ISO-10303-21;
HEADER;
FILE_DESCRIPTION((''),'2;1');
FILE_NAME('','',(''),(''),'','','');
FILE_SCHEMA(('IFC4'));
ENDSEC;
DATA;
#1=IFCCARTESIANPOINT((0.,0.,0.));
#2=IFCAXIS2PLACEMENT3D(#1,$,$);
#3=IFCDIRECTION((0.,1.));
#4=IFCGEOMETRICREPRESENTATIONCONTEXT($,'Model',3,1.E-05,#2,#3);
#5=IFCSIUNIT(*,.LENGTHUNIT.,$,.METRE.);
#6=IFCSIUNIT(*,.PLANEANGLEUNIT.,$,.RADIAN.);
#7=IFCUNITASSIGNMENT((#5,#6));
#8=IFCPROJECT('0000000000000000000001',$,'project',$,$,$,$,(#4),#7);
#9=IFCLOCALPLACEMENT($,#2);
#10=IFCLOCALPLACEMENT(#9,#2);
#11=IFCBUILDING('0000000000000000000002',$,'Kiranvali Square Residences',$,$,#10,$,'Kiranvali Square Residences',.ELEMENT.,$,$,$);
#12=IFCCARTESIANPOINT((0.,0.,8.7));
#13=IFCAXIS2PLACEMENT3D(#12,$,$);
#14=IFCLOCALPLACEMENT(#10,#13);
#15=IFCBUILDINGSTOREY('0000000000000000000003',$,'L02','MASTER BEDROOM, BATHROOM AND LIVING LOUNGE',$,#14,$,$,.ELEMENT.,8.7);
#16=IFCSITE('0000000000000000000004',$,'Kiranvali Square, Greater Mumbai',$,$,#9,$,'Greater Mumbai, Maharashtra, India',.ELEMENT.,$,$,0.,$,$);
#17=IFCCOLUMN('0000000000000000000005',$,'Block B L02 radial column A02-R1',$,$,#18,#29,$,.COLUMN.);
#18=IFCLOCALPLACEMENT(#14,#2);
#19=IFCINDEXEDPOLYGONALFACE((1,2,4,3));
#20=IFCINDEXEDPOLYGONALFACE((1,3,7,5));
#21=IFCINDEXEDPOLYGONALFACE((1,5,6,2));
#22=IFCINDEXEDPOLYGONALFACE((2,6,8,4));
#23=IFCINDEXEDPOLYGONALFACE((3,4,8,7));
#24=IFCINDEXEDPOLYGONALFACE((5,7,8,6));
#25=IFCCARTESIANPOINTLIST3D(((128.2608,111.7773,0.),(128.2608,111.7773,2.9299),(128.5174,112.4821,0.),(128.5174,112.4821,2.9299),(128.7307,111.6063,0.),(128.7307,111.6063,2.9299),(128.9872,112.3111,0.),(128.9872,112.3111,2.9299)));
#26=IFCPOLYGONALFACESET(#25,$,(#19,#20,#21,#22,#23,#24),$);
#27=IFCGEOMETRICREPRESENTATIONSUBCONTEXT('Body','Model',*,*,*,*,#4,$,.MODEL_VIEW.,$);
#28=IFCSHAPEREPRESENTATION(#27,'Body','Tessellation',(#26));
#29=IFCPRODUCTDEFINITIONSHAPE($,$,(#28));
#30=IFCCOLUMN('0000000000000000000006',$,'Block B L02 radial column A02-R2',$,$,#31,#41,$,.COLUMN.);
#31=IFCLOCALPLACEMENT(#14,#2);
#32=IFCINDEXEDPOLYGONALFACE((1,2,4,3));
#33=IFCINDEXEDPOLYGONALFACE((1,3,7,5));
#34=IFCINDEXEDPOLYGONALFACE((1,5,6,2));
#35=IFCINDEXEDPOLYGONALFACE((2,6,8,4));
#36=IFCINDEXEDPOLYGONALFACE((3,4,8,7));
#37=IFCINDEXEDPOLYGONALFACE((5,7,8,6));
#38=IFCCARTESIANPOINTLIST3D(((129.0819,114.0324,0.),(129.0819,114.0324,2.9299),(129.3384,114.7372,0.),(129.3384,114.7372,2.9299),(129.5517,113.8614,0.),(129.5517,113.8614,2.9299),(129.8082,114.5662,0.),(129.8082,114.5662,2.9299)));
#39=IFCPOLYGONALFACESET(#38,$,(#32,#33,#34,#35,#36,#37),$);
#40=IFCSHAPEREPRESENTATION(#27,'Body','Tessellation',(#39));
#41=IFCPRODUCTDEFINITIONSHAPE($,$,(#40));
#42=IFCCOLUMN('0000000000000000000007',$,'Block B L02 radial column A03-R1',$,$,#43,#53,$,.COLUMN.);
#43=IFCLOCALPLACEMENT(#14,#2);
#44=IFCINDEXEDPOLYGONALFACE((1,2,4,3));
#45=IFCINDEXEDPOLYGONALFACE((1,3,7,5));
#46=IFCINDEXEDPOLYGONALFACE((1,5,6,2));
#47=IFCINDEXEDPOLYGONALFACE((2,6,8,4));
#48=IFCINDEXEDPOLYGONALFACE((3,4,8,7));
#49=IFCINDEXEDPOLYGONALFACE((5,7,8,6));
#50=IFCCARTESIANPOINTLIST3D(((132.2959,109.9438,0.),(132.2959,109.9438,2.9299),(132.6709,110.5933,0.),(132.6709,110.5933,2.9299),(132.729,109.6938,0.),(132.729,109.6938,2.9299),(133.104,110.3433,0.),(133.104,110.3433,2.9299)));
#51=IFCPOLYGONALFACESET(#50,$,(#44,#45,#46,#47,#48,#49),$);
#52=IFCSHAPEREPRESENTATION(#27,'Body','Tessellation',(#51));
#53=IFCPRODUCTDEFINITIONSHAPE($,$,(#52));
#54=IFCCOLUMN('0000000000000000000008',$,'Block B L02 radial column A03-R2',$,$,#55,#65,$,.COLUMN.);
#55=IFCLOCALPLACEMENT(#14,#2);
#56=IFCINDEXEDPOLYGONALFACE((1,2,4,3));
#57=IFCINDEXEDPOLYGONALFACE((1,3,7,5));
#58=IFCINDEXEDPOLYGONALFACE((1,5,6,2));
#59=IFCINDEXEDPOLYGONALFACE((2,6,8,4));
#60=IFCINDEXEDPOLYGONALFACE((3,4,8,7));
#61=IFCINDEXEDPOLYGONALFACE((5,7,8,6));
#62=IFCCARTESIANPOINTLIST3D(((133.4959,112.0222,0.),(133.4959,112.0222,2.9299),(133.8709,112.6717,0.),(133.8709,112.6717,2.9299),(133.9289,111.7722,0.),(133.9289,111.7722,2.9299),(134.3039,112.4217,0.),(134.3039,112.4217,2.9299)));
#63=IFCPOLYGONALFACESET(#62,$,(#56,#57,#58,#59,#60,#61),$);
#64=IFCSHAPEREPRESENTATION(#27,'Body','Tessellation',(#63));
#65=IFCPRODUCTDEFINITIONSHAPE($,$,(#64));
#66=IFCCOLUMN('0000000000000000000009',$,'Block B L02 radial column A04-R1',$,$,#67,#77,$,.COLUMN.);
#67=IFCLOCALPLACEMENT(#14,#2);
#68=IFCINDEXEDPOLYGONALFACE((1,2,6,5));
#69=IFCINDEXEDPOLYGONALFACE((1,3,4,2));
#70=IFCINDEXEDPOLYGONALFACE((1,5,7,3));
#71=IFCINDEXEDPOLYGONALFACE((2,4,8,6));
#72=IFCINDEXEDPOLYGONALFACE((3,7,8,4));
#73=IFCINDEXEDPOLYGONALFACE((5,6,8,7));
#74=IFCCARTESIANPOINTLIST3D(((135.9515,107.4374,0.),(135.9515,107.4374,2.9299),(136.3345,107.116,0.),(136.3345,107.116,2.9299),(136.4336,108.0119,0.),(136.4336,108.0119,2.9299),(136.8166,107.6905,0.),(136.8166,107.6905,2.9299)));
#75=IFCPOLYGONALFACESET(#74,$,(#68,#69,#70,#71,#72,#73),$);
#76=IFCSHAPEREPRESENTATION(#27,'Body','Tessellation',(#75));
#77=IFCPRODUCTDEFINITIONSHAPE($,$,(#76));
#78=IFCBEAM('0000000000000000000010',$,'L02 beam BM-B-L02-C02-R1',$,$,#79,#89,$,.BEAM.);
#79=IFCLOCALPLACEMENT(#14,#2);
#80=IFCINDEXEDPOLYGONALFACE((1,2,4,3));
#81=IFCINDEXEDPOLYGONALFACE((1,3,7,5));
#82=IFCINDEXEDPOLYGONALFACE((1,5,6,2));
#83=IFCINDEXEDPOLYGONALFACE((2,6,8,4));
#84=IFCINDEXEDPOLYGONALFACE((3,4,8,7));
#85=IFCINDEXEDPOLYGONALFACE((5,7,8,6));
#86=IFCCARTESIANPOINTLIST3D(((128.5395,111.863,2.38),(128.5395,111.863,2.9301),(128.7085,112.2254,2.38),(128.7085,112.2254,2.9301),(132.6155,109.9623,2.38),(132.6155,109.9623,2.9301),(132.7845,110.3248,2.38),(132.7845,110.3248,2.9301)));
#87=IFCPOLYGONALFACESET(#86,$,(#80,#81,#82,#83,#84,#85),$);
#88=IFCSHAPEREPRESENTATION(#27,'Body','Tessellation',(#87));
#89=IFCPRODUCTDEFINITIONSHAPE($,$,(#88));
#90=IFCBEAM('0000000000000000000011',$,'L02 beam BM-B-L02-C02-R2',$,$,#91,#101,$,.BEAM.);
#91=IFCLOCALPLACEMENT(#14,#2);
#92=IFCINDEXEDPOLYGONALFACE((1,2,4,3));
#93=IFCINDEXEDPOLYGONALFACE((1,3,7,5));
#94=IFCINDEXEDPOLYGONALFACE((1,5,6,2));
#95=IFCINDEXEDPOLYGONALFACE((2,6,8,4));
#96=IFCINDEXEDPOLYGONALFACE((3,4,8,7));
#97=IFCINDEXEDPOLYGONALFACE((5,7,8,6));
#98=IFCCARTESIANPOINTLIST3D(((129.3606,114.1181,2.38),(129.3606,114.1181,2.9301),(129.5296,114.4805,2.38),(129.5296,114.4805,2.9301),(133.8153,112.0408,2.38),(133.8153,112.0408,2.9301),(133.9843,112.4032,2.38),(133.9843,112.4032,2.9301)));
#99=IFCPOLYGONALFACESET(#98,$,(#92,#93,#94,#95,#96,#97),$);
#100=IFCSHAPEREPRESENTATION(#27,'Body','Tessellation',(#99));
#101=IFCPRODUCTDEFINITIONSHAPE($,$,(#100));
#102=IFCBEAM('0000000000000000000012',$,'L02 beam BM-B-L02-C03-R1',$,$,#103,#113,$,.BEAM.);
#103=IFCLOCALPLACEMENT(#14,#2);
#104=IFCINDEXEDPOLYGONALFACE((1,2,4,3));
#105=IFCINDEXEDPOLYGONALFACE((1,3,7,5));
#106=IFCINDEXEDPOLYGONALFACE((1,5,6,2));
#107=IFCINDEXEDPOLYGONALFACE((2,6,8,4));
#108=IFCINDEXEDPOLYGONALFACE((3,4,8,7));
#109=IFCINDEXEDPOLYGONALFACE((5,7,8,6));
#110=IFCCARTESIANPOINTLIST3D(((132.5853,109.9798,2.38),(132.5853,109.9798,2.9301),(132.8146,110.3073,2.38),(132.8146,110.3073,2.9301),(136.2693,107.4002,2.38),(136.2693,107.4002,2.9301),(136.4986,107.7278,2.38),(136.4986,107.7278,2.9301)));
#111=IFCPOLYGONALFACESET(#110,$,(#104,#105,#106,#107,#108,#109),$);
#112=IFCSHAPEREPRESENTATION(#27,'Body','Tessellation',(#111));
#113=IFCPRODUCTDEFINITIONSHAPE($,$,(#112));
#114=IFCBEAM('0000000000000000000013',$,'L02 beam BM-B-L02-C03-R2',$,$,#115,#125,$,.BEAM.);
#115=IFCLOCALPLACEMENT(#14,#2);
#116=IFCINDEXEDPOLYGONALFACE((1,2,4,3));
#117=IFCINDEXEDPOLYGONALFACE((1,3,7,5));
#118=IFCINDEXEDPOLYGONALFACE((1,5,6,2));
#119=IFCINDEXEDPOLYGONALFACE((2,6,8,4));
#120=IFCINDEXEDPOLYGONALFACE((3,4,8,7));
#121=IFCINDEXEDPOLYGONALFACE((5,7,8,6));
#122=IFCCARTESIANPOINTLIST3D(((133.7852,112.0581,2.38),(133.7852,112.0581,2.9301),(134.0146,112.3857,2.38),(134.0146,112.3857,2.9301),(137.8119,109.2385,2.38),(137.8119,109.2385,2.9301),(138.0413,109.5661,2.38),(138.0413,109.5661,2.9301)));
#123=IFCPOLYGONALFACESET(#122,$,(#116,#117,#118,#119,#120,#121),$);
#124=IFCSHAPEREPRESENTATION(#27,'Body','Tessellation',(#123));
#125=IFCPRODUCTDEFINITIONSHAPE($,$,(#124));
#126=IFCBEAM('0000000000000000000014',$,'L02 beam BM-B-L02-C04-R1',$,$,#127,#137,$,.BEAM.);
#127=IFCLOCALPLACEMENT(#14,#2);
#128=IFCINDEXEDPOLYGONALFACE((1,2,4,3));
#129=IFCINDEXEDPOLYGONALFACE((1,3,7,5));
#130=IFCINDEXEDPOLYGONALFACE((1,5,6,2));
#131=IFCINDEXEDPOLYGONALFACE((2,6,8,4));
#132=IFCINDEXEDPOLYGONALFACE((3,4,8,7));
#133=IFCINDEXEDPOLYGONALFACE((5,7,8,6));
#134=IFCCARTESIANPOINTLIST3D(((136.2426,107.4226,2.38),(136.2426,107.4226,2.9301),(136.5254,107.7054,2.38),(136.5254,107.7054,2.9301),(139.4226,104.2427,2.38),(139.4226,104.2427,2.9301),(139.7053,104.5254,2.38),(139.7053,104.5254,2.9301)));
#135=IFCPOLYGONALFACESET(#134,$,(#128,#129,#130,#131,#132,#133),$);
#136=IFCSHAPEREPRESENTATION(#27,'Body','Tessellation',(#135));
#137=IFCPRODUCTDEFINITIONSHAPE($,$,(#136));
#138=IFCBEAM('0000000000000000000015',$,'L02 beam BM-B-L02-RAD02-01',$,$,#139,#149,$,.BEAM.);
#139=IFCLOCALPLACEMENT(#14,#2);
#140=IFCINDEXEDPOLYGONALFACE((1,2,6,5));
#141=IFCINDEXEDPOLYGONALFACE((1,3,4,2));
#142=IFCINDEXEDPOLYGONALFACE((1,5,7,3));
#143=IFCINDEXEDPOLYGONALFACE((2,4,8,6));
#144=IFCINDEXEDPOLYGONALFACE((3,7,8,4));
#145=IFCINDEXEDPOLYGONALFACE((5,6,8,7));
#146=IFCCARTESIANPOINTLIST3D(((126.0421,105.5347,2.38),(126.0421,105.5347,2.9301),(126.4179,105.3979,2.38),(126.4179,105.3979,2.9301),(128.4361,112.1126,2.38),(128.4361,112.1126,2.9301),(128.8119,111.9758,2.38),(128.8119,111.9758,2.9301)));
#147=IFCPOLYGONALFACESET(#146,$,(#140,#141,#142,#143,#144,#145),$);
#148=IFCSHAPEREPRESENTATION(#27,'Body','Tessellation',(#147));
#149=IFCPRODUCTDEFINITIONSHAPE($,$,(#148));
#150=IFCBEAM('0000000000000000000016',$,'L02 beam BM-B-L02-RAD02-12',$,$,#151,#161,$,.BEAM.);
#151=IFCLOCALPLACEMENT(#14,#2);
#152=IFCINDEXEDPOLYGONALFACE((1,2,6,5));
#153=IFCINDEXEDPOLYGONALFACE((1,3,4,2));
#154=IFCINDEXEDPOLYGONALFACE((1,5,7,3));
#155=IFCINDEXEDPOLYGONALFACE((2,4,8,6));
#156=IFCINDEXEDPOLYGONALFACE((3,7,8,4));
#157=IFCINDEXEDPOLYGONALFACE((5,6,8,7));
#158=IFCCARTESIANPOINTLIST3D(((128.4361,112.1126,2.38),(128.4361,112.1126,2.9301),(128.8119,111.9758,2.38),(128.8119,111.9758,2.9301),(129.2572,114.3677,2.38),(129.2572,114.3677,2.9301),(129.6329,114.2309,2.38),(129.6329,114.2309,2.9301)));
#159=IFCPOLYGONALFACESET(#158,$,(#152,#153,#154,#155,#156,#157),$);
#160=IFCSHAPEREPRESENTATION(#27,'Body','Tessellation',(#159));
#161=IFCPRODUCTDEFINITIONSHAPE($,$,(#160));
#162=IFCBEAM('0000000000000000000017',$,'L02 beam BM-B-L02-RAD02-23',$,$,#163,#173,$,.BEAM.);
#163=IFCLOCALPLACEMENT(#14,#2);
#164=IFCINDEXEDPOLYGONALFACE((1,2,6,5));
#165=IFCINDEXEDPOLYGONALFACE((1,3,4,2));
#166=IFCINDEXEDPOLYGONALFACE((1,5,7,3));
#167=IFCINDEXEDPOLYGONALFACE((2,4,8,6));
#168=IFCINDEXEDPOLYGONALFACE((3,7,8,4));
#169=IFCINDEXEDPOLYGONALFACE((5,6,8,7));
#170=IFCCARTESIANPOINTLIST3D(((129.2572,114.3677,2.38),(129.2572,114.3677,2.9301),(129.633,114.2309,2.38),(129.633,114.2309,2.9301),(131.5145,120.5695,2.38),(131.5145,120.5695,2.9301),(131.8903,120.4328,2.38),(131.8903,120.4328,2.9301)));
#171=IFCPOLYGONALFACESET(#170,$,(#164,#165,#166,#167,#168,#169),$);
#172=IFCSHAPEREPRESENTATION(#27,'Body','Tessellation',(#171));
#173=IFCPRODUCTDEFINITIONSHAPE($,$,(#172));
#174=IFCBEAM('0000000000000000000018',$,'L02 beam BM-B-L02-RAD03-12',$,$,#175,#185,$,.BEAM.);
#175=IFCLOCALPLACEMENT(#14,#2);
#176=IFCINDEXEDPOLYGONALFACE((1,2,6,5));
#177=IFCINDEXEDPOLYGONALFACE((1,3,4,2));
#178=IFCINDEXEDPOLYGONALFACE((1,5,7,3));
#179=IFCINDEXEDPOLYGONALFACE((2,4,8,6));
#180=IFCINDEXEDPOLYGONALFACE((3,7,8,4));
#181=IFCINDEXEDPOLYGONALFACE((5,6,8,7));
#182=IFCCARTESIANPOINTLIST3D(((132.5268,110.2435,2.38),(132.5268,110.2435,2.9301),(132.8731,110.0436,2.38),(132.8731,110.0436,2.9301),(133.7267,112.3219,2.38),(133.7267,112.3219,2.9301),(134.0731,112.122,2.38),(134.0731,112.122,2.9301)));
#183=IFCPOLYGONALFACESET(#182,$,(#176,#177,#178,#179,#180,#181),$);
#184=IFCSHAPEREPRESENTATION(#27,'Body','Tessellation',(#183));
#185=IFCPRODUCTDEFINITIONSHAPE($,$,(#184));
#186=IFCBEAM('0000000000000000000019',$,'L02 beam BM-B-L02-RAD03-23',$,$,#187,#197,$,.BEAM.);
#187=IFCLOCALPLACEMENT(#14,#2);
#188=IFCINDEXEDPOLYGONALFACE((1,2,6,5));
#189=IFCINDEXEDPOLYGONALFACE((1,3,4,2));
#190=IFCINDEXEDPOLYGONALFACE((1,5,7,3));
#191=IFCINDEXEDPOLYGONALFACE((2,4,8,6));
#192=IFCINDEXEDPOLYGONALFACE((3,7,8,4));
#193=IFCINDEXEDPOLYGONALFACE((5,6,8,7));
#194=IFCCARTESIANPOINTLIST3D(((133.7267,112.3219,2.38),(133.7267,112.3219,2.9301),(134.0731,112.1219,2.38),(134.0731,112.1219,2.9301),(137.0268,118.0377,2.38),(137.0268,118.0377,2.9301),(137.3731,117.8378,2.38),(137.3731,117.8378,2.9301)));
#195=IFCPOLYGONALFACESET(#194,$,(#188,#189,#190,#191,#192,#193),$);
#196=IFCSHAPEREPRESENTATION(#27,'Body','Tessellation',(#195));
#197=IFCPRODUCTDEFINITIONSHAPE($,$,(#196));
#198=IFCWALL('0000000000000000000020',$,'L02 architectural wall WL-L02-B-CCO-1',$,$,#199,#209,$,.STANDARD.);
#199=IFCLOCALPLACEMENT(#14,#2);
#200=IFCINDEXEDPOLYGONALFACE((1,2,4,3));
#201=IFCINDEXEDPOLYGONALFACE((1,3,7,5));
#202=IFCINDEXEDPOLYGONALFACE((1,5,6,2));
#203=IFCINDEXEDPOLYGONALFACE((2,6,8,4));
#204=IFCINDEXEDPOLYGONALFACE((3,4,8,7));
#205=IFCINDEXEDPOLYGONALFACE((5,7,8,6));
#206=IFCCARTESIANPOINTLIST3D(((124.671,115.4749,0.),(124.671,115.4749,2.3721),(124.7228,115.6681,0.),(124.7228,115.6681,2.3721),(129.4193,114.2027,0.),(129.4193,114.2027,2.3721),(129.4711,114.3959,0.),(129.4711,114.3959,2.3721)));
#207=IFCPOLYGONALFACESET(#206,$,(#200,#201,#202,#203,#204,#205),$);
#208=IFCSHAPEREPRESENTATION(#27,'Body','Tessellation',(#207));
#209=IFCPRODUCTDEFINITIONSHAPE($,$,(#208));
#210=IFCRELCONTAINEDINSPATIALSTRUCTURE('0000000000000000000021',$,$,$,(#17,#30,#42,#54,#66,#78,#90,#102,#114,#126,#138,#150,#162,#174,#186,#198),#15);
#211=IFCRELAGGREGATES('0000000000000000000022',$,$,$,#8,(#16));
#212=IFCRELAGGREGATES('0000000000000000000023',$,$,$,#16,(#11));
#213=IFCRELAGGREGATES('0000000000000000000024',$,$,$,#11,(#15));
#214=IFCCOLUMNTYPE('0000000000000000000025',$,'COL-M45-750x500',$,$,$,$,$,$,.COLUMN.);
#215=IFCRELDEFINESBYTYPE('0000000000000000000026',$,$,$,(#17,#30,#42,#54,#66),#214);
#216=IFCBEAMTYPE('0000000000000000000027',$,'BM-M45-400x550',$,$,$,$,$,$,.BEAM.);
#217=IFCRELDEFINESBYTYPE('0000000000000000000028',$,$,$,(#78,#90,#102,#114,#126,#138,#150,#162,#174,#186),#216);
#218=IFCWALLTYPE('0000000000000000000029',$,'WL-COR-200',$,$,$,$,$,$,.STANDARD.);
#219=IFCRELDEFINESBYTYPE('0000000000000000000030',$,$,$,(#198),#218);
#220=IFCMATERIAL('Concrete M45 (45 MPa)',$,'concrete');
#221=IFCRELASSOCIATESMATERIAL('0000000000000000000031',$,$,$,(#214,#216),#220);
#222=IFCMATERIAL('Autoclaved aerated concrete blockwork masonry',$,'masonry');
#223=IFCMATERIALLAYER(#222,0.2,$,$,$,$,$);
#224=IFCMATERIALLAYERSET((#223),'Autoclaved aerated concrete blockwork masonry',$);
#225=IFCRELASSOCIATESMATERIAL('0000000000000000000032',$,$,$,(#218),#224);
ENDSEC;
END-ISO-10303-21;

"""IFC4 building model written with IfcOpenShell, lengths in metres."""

from ifc_helpers import new_model, si_unit, direction, frame, frame_2d, origin, origin_2d, place, context, subcontext, project, spatial, rectangle, extrude, material, layer, layer_set, material_profile, profile_set, type_object, element, save


model = new_model("IFC4")

# Units and contexts
model_context = context("Model", 3, precision=1e-05, world=origin(), true_north=direction((0.0, 1.0)))
body_context = subcontext(model_context, "Body", "Model", "MODEL_VIEW")
ifc_project = project(units=[si_unit("LENGTHUNIT", "METRE"), si_unit("PLANEANGLEUNIT", "RADIAN")], contexts=[model_context])

# Site, building, storey
site_placement = place(None, origin())
site = spatial("IfcSite", under=ifc_project, at=site_placement, Name="Kiranvali Square, Greater Mumbai", LongName="Greater Mumbai, Maharashtra, India", CompositionType="ELEMENT", RefElevation=0.0)
building_placement = place(site_placement, origin())
building = spatial("IfcBuilding", under=site, at=building_placement, Name="Kiranvali Square Residences", LongName="Kiranvali Square Residences", CompositionType="ELEMENT")
storey_placement = place(building_placement, frame((0.0, 0.0, 8.7)))
storey = spatial("IfcBuildingStorey", under=building, at=storey_placement, Name="L02", Description="MASTER BEDROOM, BATHROOM AND LIVING LOUNGE", CompositionType="ELEMENT", Elevation=8.7)

# Columns
ifc_material_1 = material(Name="Concrete M45 (45 MPa)", Category="concrete")
ifc_material_profile_1 = material_profile(ifc_material_1, rectangle(XDim=0.5, YDim=0.75, at=origin_2d()), Name="RC 750x500")
ifc_profile_set_1 = profile_set([ifc_material_profile_1], Name="Concrete M45 (45 MPa)")
column_type = type_object("IfcColumnType", Name="COL-M45-750x500", PredefinedType="COLUMN", material=ifc_profile_set_1)
for number, where, z_axis, x_axis, name in (
    (1, (128.624, 112.0442, 0.0), (0.0, 0.0, 1.0), (-0.939693, 0.34202, 0.0), "Block B L02 radial column A02-R1"),
    (2, (129.4451, 114.2993, 0.0), (0.0, 0.0, 1.0), (-0.939693, 0.34202, 0.0), "Block B L02 radial column A02-R2"),
    (3, (132.7, 110.1436, 0.0), (0.0, 0.0, 1.0), (-0.866025, 0.5, 0.0), "Block B L02 radial column A03-R1"),
    (4, (133.8999, 112.2219, 0.0), (0.0, 0.0, 1.0), (-0.866025, 0.5, 0.0), "Block B L02 radial column A03-R2"),
    (5, (136.384, 107.564, 0.0), (0.0, 0.0, 1.0), (-0.766044, 0.642788, 0.0), "Block B L02 radial column A04-R1"),
):
    element("IfcColumn", number, at=place(storey_placement, frame(where, z_axis=z_axis, x_axis=x_axis)), inside=storey, type_object=column_type, Name=name, PredefinedType="COLUMN", context=body_context, shape_type="SweptSolid", body=[
        extrude(rectangle(XDim=0.5, YDim=0.75, at=origin_2d()), origin(), (0.0, 0.0, 1.0), 2.9299),
    ])

# Beams
ifc_material_profile_2 = material_profile(ifc_material_1, rectangle(XDim=0.3999, YDim=0.55, at=origin_2d()), Name="RC 400x550")
ifc_profile_set_2 = profile_set([ifc_material_profile_2], Name="Concrete M45 (45 MPa)")
beam_type = type_object("IfcBeamType", Name="BM-M45-400x550", PredefinedType="BEAM", material=ifc_profile_set_2)
beam_1_placement = place(storey_placement, frame((128.624, 112.0442, 2.655), z_axis=(0.906308, -0.422618, 0.0), x_axis=(0.422618, 0.906308, 0.0)))
element("IfcBeam", 6, at=beam_1_placement, inside=storey, type_object=beam_type, Name="L02 beam BM-B-L02-C02-R1", PredefinedType="BEAM", context=body_context, shape_type="SweptSolid", body=[
    extrude(rectangle(XDim=0.3999, YDim=0.55, at=origin_2d()), origin(), (0.0, 0.0, 1.0), 4.4973),
])
beam_2_placement = place(storey_placement, frame((129.4451, 114.2993, 2.655), z_axis=(0.906302, -0.42263, 0.0), x_axis=(0.42263, 0.906302, 0.0)))
element("IfcBeam", 7, at=beam_2_placement, inside=storey, type_object=beam_type, Name="L02 beam BM-B-L02-C02-R2", PredefinedType="BEAM", context=body_context, shape_type="SweptSolid", body=[
    extrude(rectangle(XDim=0.3999, YDim=0.55, at=origin_2d()), origin(), (0.0, 0.0, 1.0), 4.9153),
])
beam_3_placement = place(storey_placement, frame((132.7, 110.1436, 2.655), z_axis=(0.819155, -0.573572, 0.0), x_axis=(0.573572, 0.819155, 0.0)))
element("IfcBeam", 8, at=beam_3_placement, inside=storey, type_object=beam_type, Name="L02 beam BM-B-L02-C03-R1", PredefinedType="BEAM", context=body_context, shape_type="SweptSolid", body=[
    extrude(rectangle(XDim=0.3999, YDim=0.55, at=origin_2d()), origin(), (0.0, 0.0, 1.0), 4.4973),
])
beam_4_placement = place(storey_placement, frame((133.8999, 112.2219, 2.655), z_axis=(0.819141, -0.573592, 0.0), x_axis=(0.573592, 0.819141, 0.0)))
element("IfcBeam", 9, at=beam_4_placement, inside=storey, type_object=beam_type, Name="L02 beam BM-B-L02-C03-R2", PredefinedType="BEAM", context=body_context, shape_type="SweptSolid", body=[
    extrude(rectangle(XDim=0.3999, YDim=0.55, at=origin_2d()), origin(), (0.0, 0.0, 1.0), 4.9158),
])
beam_5_placement = place(storey_placement, frame((136.384, 107.564, 2.655), z_axis=(0.707107, -0.707107, 0.0), x_axis=(0.707107, 0.707107, 0.0)))
element("IfcBeam", 10, at=beam_5_placement, inside=storey, type_object=beam_type, Name="L02 beam BM-B-L02-C04-R1", PredefinedType="BEAM", context=body_context, shape_type="SweptSolid", body=[
    extrude(rectangle(XDim=0.3999, YDim=0.55, at=origin_2d()), origin(), (0.0, 0.0, 1.0), 4.4971),
])
beam_6_placement = place(storey_placement, frame((126.23, 105.4663, 2.655), z_axis=(0.342006, 0.939698, 0.0), x_axis=(-0.939698, 0.342006, 0.0)))
element("IfcBeam", 11, at=beam_6_placement, inside=storey, type_object=beam_type, Name="L02 beam BM-B-L02-RAD02-01", PredefinedType="BEAM", context=body_context, shape_type="SweptSolid", body=[
    extrude(rectangle(XDim=0.3999, YDim=0.55, at=origin_2d()), origin(), (0.0, 0.0, 1.0), 7.0),
])
beam_7_placement = place(storey_placement, frame((128.624, 112.0442, 2.655), z_axis=(0.342111, 0.93966, 0.0), x_axis=(-0.93966, 0.342111, 0.0)))
element("IfcBeam", 12, at=beam_7_placement, inside=storey, type_object=beam_type, Name="L02 beam BM-B-L02-RAD02-12", PredefinedType="BEAM", context=body_context, shape_type="SweptSolid", body=[
    extrude(rectangle(XDim=0.3999, YDim=0.55, at=origin_2d()), origin(), (0.0, 0.0, 1.0), 2.3999),
])
beam_8_placement = place(storey_placement, frame((129.4451, 114.2993, 2.655), z_axis=(0.342022, 0.939692, 0.0), x_axis=(-0.939692, 0.342022, 0.0)))
element("IfcBeam", 13, at=beam_8_placement, inside=storey, type_object=beam_type, Name="L02 beam BM-B-L02-RAD02-23", PredefinedType="BEAM", context=body_context, shape_type="SweptSolid", body=[
    extrude(rectangle(XDim=0.3999, YDim=0.55, at=origin_2d()), origin(), (0.0, 0.0, 1.0), 6.5999),
])
beam_9_placement = place(storey_placement, frame((132.7, 110.1436, 2.655), z_axis=(0.500001, 0.866025, 0.0), x_axis=(-0.866025, 0.500001, 0.0)))
element("IfcBeam", 14, at=beam_9_placement, inside=storey, type_object=beam_type, Name="L02 beam BM-B-L02-RAD03-12", PredefinedType="BEAM", context=body_context, shape_type="SweptSolid", body=[
    extrude(rectangle(XDim=0.3999, YDim=0.55, at=origin_2d()), origin(), (0.0, 0.0, 1.0), 2.3999),
])
beam_10_placement = place(storey_placement, frame((133.8999, 112.2219, 2.655), z_axis=(0.500002, 0.866024, 0.0), x_axis=(-0.866024, 0.500002, 0.0)))
element("IfcBeam", 15, at=beam_10_placement, inside=storey, type_object=beam_type, Name="L02 beam BM-B-L02-RAD03-23", PredefinedType="BEAM", context=body_context, shape_type="SweptSolid", body=[
    extrude(rectangle(XDim=0.3999, YDim=0.55, at=origin_2d()), origin(), (0.0, 0.0, 1.0), 6.6001),
])

# Wall
ifc_material_2 = material(Name="Autoclaved aerated concrete blockwork masonry", Category="masonry")
ifc_layer_1 = layer(ifc_material_2, 0.2)
ifc_layer_set_1 = layer_set([ifc_layer_1], Name="Autoclaved aerated concrete blockwork masonry")
wall_type_1 = type_object("IfcWallType", Name="WL-COR-200", PredefinedType="STANDARD", material=ifc_layer_set_1)
wall_1_placement = place(storey_placement, frame((124.6968, 115.5715, 0.0), z_axis=(0.0, 0.0, 1.0), x_axis=(0.96593, -0.258803, 0.0)))
element("IfcWall", 16, at=wall_1_placement, inside=storey, type_object=wall_type_1, Name="L02 architectural wall WL-L02-B-CCO-1", PredefinedType="STANDARD", context=body_context, shape_type="SweptSolid", body=[
    extrude(rectangle(XDim=4.9158, YDim=0.2, at=frame_2d((2.458, 0.0))), origin(), (0.0, 0.0, 1.0), 2.3721),
])

save(model, "model.ifc")
